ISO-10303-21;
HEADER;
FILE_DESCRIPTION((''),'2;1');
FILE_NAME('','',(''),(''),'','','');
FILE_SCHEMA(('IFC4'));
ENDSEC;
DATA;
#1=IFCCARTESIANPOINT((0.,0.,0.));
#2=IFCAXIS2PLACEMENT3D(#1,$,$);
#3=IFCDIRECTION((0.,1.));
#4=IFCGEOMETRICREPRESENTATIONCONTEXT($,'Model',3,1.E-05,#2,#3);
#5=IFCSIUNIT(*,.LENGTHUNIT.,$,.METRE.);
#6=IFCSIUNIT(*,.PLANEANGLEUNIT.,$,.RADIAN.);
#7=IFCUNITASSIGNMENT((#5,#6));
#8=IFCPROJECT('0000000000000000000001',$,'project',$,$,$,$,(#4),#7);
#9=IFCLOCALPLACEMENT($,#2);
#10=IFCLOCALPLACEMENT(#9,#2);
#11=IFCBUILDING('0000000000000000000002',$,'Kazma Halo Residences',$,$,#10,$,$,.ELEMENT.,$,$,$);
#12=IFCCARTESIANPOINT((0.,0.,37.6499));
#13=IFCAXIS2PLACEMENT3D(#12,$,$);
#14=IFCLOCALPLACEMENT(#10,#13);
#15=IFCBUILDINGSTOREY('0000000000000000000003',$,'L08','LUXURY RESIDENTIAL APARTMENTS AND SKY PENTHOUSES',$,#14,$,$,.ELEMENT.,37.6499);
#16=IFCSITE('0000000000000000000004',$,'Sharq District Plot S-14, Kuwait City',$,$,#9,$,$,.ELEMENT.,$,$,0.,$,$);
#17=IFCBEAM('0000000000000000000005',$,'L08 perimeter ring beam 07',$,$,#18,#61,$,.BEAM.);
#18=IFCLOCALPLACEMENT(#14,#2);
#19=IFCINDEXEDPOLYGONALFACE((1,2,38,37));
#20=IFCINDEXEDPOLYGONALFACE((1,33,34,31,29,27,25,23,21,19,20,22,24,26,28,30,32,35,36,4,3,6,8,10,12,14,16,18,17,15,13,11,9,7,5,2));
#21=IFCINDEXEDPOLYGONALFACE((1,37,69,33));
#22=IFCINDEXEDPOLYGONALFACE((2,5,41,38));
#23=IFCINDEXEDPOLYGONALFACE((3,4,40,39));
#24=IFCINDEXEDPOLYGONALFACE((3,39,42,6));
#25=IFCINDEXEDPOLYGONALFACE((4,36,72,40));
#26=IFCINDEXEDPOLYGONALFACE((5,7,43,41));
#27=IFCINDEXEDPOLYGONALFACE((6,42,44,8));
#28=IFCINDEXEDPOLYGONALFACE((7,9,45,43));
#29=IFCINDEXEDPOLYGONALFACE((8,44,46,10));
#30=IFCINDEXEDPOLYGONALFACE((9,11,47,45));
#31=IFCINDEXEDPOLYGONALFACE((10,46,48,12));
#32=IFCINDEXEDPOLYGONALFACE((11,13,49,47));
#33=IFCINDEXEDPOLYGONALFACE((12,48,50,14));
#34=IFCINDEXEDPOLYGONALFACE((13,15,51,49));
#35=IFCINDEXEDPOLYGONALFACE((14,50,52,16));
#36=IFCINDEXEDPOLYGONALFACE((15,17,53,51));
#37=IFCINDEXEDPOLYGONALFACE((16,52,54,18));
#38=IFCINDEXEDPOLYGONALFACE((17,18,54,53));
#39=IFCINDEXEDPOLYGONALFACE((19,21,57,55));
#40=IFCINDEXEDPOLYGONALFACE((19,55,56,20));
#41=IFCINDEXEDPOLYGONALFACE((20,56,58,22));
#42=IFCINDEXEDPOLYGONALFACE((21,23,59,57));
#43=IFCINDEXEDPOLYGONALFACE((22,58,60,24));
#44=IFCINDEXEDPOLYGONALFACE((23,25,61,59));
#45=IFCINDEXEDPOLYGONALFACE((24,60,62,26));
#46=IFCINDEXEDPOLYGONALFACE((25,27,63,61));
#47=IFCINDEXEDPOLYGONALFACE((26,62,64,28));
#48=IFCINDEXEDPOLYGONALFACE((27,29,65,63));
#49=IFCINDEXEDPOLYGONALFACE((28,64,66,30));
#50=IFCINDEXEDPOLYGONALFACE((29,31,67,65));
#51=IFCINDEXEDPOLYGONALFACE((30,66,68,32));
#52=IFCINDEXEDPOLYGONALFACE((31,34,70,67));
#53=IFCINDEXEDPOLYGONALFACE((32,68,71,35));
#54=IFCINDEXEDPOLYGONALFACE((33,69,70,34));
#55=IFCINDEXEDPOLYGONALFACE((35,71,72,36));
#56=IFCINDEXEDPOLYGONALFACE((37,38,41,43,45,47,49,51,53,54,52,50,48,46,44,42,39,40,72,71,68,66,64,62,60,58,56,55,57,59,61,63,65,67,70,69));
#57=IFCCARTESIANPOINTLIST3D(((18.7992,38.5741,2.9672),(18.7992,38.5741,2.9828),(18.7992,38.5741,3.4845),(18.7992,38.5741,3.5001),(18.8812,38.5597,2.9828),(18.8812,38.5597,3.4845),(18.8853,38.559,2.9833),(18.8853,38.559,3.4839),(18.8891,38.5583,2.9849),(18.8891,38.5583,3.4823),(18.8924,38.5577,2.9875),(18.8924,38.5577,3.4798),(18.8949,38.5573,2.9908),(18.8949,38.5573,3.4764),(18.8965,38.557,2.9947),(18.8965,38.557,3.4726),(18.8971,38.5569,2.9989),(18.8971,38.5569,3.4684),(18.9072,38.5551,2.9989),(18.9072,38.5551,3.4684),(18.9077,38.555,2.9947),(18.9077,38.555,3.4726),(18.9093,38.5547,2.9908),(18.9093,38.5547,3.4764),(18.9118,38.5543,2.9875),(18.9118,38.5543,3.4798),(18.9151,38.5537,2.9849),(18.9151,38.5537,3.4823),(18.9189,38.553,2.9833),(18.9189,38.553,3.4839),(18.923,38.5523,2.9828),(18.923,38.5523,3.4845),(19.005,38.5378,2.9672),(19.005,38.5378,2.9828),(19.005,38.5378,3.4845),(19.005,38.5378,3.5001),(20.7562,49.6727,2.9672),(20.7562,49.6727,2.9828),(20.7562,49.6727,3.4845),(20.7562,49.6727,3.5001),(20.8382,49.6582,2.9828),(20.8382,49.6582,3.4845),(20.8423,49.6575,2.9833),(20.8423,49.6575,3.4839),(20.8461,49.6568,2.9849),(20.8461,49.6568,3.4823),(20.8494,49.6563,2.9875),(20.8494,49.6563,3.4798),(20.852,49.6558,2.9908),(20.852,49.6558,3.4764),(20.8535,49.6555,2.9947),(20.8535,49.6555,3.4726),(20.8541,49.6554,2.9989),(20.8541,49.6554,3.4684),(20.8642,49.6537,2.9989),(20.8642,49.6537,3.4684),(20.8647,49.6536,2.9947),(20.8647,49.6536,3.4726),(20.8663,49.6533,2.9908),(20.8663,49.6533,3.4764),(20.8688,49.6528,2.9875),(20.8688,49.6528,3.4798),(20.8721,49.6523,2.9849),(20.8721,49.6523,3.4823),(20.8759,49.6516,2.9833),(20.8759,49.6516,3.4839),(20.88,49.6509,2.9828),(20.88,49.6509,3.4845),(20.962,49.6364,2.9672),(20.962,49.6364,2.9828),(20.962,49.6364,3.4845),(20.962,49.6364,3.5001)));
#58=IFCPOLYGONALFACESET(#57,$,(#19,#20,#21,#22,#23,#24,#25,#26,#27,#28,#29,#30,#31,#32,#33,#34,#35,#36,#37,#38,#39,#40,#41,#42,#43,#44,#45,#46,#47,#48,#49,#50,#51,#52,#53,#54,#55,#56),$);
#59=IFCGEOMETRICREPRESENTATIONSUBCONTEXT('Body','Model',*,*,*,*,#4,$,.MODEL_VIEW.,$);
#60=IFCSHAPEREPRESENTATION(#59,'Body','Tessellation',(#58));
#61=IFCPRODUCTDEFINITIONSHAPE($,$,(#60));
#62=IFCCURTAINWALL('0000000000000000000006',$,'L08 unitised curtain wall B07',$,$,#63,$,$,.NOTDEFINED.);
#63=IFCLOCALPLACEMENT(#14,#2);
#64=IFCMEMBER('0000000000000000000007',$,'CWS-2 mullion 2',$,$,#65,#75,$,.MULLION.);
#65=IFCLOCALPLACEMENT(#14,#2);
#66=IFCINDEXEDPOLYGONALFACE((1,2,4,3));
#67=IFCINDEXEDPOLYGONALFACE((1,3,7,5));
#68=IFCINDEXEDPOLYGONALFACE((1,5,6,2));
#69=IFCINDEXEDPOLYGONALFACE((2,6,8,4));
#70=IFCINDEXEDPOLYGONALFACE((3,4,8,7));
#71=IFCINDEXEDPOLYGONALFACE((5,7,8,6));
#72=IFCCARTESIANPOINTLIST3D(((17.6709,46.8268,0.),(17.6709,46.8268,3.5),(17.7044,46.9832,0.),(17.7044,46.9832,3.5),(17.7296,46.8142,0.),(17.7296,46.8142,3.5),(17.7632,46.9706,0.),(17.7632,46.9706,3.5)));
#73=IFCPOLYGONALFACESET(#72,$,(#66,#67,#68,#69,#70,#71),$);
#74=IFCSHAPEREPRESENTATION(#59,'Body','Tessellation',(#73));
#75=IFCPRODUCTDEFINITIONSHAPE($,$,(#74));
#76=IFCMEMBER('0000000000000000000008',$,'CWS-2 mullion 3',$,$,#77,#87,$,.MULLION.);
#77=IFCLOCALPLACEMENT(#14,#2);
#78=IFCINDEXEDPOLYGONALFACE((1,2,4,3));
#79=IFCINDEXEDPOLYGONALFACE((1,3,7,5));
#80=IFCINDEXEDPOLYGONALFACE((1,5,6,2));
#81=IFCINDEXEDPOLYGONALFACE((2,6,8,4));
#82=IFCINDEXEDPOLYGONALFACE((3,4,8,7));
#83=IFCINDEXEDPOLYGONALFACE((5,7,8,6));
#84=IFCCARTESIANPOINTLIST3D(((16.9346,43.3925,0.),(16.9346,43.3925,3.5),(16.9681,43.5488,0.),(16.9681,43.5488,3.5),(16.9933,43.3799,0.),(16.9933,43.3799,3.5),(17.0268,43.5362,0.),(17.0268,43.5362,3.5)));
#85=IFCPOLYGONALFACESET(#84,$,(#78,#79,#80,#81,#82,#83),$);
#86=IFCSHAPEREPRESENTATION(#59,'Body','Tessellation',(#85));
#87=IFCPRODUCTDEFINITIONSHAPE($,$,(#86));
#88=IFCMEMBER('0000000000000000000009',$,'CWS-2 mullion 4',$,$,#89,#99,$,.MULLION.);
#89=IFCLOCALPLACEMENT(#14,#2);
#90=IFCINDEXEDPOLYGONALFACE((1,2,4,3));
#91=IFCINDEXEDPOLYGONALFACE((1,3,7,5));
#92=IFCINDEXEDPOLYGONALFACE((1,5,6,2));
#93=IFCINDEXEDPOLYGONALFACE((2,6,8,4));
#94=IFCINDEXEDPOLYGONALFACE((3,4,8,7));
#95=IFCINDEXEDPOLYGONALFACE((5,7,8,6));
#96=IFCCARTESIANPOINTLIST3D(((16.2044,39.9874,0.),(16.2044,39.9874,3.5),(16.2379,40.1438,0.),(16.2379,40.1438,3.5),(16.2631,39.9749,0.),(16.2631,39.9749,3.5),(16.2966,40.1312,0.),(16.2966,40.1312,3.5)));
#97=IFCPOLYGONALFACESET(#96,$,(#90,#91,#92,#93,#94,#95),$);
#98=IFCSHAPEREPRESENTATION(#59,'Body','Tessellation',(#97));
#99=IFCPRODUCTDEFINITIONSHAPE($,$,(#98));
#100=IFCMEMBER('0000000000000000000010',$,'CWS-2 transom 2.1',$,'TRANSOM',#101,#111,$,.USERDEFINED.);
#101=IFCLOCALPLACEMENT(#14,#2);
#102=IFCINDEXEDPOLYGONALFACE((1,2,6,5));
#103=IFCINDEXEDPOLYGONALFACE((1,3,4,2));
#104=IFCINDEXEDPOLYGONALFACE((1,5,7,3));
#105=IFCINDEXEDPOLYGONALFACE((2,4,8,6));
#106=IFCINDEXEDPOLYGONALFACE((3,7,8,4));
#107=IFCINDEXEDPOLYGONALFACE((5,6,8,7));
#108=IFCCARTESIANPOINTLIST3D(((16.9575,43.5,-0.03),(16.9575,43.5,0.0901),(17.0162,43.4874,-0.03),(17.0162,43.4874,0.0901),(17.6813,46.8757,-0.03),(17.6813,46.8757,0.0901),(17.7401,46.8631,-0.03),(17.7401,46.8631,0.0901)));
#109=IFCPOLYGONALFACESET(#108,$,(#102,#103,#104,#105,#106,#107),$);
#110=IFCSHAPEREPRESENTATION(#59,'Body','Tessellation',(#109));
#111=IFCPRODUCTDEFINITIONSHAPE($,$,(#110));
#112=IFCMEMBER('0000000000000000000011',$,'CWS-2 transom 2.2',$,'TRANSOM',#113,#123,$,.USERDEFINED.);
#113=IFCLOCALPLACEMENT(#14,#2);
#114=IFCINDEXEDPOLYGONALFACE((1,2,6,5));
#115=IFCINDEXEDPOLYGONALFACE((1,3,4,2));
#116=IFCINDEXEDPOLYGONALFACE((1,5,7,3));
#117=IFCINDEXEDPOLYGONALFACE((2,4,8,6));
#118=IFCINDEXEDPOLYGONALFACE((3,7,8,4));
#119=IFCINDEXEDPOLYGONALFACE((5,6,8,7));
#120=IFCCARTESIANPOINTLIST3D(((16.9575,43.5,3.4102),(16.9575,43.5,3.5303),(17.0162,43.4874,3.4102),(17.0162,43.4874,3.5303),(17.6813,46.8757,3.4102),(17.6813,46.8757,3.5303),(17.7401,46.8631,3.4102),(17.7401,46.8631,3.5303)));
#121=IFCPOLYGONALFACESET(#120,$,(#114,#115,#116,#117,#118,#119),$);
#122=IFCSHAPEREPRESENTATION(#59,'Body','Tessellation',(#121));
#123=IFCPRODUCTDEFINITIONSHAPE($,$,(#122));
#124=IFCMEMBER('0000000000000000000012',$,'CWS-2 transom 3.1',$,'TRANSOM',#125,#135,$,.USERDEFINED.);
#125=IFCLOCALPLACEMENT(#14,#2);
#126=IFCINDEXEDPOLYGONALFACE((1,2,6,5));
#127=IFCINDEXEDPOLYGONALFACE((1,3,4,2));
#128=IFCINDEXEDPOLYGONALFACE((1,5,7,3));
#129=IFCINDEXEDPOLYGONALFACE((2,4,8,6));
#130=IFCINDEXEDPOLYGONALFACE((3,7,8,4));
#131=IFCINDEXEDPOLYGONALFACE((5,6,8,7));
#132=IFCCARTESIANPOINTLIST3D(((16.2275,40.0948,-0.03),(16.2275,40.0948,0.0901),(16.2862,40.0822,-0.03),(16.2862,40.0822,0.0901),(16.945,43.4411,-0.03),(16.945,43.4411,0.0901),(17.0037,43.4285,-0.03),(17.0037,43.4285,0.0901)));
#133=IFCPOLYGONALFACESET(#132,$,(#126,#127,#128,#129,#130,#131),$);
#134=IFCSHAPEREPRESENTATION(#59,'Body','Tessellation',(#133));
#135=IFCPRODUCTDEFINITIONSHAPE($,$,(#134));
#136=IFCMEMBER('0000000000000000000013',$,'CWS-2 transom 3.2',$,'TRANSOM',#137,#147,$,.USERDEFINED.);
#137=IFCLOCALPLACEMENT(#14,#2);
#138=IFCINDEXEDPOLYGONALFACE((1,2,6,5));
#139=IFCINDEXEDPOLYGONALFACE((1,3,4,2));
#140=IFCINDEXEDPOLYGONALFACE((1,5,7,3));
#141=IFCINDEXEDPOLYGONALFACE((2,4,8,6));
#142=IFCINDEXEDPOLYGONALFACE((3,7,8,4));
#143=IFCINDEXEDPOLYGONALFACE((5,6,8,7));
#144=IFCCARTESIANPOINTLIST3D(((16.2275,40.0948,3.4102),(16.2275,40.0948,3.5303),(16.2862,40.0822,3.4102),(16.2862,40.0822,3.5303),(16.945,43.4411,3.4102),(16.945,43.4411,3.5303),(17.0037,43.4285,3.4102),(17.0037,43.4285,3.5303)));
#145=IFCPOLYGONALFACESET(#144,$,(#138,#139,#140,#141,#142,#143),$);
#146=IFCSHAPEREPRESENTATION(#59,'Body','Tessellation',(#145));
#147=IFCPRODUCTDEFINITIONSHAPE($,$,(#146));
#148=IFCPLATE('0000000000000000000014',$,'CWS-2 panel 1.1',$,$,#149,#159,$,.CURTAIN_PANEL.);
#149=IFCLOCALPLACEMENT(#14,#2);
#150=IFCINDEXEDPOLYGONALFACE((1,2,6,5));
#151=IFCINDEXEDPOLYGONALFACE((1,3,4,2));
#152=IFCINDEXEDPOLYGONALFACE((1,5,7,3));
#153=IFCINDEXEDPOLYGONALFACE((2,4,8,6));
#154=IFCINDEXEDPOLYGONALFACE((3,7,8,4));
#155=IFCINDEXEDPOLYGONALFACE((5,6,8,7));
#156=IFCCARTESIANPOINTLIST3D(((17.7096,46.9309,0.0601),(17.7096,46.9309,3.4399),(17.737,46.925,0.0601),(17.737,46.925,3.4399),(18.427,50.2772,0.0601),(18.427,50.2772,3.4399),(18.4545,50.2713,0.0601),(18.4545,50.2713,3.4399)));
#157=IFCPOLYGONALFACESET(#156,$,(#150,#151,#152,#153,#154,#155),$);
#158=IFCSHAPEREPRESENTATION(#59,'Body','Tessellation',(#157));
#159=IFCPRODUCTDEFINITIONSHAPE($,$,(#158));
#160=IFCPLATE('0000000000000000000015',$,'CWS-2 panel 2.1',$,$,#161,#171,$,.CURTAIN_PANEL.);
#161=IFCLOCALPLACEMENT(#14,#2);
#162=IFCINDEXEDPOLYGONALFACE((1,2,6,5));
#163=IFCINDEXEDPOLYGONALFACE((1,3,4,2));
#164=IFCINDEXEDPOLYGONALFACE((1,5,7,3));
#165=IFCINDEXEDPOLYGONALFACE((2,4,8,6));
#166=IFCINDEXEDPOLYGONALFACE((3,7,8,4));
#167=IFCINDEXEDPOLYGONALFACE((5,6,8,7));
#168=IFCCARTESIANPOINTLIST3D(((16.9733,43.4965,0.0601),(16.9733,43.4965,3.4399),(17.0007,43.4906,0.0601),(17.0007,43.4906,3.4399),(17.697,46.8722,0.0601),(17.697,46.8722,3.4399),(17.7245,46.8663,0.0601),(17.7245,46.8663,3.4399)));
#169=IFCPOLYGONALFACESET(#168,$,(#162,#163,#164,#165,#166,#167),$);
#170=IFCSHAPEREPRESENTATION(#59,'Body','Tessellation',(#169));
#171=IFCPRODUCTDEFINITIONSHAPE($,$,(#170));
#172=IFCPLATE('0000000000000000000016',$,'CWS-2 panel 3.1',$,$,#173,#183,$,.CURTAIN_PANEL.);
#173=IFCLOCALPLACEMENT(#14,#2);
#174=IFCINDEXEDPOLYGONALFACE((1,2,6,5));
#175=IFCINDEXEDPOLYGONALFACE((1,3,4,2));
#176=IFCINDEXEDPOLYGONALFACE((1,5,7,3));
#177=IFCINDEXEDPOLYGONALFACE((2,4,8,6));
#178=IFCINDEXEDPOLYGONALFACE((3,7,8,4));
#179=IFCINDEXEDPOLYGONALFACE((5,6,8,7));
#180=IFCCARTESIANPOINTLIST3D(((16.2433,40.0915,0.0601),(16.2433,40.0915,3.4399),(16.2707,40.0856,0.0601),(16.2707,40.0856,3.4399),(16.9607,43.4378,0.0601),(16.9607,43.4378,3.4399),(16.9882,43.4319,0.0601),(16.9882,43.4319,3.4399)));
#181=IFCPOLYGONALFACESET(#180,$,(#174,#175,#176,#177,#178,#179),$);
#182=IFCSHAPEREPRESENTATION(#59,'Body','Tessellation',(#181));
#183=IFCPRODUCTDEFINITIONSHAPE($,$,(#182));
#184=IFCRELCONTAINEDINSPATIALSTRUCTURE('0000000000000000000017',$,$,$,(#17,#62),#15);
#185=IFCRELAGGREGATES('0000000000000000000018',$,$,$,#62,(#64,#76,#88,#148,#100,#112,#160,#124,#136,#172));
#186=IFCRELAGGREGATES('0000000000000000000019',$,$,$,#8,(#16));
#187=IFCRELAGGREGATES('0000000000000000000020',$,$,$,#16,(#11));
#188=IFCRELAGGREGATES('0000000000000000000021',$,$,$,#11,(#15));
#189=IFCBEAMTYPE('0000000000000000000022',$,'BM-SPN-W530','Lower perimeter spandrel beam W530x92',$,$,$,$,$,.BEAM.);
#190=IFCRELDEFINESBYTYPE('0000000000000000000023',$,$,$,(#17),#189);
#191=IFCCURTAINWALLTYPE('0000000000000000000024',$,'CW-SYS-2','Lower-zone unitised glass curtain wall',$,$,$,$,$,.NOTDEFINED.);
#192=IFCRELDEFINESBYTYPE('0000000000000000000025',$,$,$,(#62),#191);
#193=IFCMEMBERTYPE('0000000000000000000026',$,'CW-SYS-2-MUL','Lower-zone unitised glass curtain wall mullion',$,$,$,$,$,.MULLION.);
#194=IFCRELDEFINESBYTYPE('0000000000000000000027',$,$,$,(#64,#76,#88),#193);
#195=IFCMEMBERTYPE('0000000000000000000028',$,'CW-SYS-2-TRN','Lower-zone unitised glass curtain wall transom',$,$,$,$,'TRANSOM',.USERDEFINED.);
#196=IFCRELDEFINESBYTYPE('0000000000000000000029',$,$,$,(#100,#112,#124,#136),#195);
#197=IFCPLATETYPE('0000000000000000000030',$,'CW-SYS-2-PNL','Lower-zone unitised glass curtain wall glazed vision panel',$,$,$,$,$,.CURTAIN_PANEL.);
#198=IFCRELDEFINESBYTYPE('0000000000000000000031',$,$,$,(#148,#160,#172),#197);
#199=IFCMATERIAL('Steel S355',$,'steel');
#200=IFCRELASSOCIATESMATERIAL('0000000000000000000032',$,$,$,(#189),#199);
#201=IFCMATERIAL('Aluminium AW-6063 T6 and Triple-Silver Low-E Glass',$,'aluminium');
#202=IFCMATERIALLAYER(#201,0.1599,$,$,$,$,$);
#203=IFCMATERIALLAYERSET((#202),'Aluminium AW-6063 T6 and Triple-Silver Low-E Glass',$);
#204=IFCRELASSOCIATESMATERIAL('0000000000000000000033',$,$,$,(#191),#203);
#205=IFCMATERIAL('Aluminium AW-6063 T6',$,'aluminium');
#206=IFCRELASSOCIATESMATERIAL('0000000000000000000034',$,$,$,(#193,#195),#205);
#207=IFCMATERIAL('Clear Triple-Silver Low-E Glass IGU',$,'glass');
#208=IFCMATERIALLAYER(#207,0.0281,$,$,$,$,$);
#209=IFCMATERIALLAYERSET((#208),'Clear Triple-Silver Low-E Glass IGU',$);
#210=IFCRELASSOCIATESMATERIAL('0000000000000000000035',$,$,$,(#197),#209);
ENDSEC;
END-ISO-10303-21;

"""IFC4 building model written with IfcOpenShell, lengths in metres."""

from ifc_helpers import new_model, si_unit, direction, frame, origin, origin_2d, place, context, subcontext, project, spatial, rectangle, i_section, extrude, material, layer, layer_set, material_profile, profile_set, type_object, element, aggregate, save


model = new_model("IFC4")

# Units and contexts
model_context = context("Model", 3, precision=1e-05, world=origin(), true_north=direction((0.0, 1.0)))
body_context = subcontext(model_context, "Body", "Model", "MODEL_VIEW")
ifc_project = project(units=[si_unit("LENGTHUNIT", "METRE"), si_unit("PLANEANGLEUNIT", "RADIAN")], contexts=[model_context])

# Site, building, storey
site_placement = place(None, origin())
site = spatial("IfcSite", under=ifc_project, at=site_placement, Name="Sharq District Plot S-14, Kuwait City", CompositionType="ELEMENT", RefElevation=0.0)
building_placement = place(site_placement, origin())
building = spatial("IfcBuilding", under=site, at=building_placement, Name="Kazma Halo Residences", CompositionType="ELEMENT")
storey_placement = place(building_placement, frame((0.0, 0.0, 37.6499)))
storey = spatial("IfcBuildingStorey", under=building, at=storey_placement, Name="L08", Description="LUXURY RESIDENTIAL APARTMENTS AND SKY PENTHOUSES", CompositionType="ELEMENT", Elevation=37.6499)

# Beam
ifc_material_1 = material(Name="Steel S355", Category="steel")
ifc_material_profile_1 = material_profile(ifc_material_1, i_section(OverallWidth=0.209, OverallDepth=0.533, WebThickness=0.0103, FlangeThickness=0.0156, FilletRadius=0.0161, at=origin_2d()), Name="W530x92")
ifc_profile_set_1 = profile_set([ifc_material_profile_1], Name="Steel S355")
beam_type_1 = type_object("IfcBeamType", Name="BM-SPN-W530", Description="Lower perimeter spandrel beam W530x92", PredefinedType="BEAM", material=ifc_profile_set_1)
beam_1_placement = place(storey_placement, frame((20.8591, 49.6545, 3.2336), z_axis=(-0.173652, -0.984807, 0.0), x_axis=(0.984807, -0.173652, 0.0)))
element("IfcBeam", 1, at=beam_1_placement, inside=storey, type_object=beam_type_1, Name="L08 perimeter ring beam 07", PredefinedType="BEAM", context=body_context, shape_type="SweptSolid", body=[
    extrude(i_section(OverallWidth=0.209, OverallDepth=0.533, WebThickness=0.0103, FlangeThickness=0.0156, FilletRadius=0.0161, at=origin_2d()), origin(), (0.0, 0.0, 1.0), 11.2698),
])

# Curtain wall, members, plates
ifc_material_2 = material(Name="Aluminium AW-6063 T6 and Triple-Silver Low-E Glass", Category="aluminium")
ifc_layer_1 = layer(ifc_material_2, 0.1599)
ifc_layer_set_1 = layer_set([ifc_layer_1], Name="Aluminium AW-6063 T6 and Triple-Silver Low-E Glass")
curtain_wall_type = type_object("IfcCurtainWallType", Name="CW-SYS-2", Description="Lower-zone unitised glass curtain wall", PredefinedType="NOTDEFINED", material=ifc_layer_set_1)
curtain_wall_placement = place(storey_placement, origin())
curtain_wall = element("IfcCurtainWall", 2, at=curtain_wall_placement, inside=storey, type_object=curtain_wall_type, Name="L08 unitised curtain wall B07", PredefinedType="NOTDEFINED")
ifc_material_3 = material(Name="Aluminium AW-6063 T6", Category="aluminium")
ifc_material_profile_2 = material_profile(ifc_material_3, rectangle(XDim=0.0601, YDim=0.1599, at=origin_2d()), Name="CWM-60x160")
ifc_profile_set_2 = profile_set([ifc_material_profile_2], Name="Aluminium AW-6063 T6")
member_type_1 = type_object("IfcMemberType", Name="CW-SYS-2-MUL", Description="Lower-zone unitised glass curtain wall mullion", PredefinedType="MULLION", material=ifc_profile_set_2)
member_1_placement = place(storey_placement, frame((17.717, 46.8987, 0.0), z_axis=(0.0, 0.0, 1.0), x_axis=(0.977779, -0.209637, 0.0)))
member_1 = element("IfcMember", 3, at=member_1_placement, type_object=member_type_1, Name="CWS-2 mullion 2", PredefinedType="MULLION", context=body_context, shape_type="SweptSolid", body=[
    extrude(rectangle(XDim=0.0601, YDim=0.1599, at=origin_2d()), origin(), (0.0, 0.0, 1.0), 3.5),
])
member_2_placement = place(storey_placement, frame((16.9807, 43.4644, 0.0), z_axis=(0.0, 0.0, 1.0), x_axis=(0.977779, -0.209637, 0.0)))
member_2 = element("IfcMember", 4, at=member_2_placement, type_object=member_type_1, Name="CWS-2 mullion 3", PredefinedType="MULLION", context=body_context, shape_type="SweptSolid", body=[
    extrude(rectangle(XDim=0.0601, YDim=0.1599, at=origin_2d()), origin(), (0.0, 0.0, 1.0), 3.5),
])
member_3_placement = place(storey_placement, frame((16.2505, 40.0593, 0.0), z_axis=(0.0, 0.0, 1.0), x_axis=(0.977779, -0.209637, 0.0)))
member_3 = element("IfcMember", 5, at=member_3_placement, type_object=member_type_1, Name="CWS-2 mullion 4", PredefinedType="MULLION", context=body_context, shape_type="SweptSolid", body=[
    extrude(rectangle(XDim=0.0601, YDim=0.1599, at=origin_2d()), origin(), (0.0, 0.0, 1.0), 3.5),
])
ifc_material_profile_3 = material_profile(ifc_material_3, rectangle(XDim=0.0601, YDim=0.1201, at=origin_2d()), Name="CWT-60x120")
ifc_profile_set_3 = profile_set([ifc_material_profile_3], Name="Aluminium AW-6063 T6")
member_type_2 = type_object("IfcMemberType", Name="CW-SYS-2-TRN", Description="Lower-zone unitised glass curtain wall transom", ElementType="TRANSOM", PredefinedType="USERDEFINED", material=ifc_profile_set_3)
member_4_placement = place(storey_placement, frame((17.7107, 46.8694, 0.03), z_axis=(-0.209669, -0.977772, 0.0), x_axis=(0.977772, -0.209669, 0.0)))
member_4 = element("IfcMember", 6, at=member_4_placement, type_object=member_type_2, Name="CWS-2 transom 2.1", ObjectType="TRANSOM", PredefinedType="USERDEFINED", context=body_context, shape_type="SweptSolid", body=[
    extrude(rectangle(XDim=0.0601, YDim=0.1201, at=origin_2d()), origin(), (0.0, 0.0, 1.0), 3.4524),
])
member_5_placement = place(storey_placement, frame((17.7107, 46.8694, 3.4702), z_axis=(-0.209669, -0.977772, 0.0), x_axis=(0.977772, -0.209669, 0.0)))
member_5 = element("IfcMember", 7, at=member_5_placement, type_object=member_type_2, Name="CWS-2 transom 2.2", ObjectType="TRANSOM", PredefinedType="USERDEFINED", context=body_context, shape_type="SweptSolid", body=[
    extrude(rectangle(XDim=0.0601, YDim=0.1201, at=origin_2d()), origin(), (0.0, 0.0, 1.0), 3.4524),
])
member_6_placement = place(storey_placement, frame((16.9744, 43.4348, 0.03), z_axis=(-0.209666, -0.977773, 0.0), x_axis=(0.977773, -0.209666, 0.0)))
member_6 = element("IfcMember", 8, at=member_6_placement, type_object=member_type_2, Name="CWS-2 transom 3.1", ObjectType="TRANSOM", PredefinedType="USERDEFINED", context=body_context, shape_type="SweptSolid", body=[
    extrude(rectangle(XDim=0.0601, YDim=0.1201, at=origin_2d()), origin(), (0.0, 0.0, 1.0), 3.4224),
])
member_7_placement = place(storey_placement, frame((16.9744, 43.4348, 3.4702), z_axis=(-0.209666, -0.977773, 0.0), x_axis=(0.977773, -0.209666, 0.0)))
member_7 = element("IfcMember", 9, at=member_7_placement, type_object=member_type_2, Name="CWS-2 transom 3.2", ObjectType="TRANSOM", PredefinedType="USERDEFINED", context=body_context, shape_type="SweptSolid", body=[
    extrude(rectangle(XDim=0.0601, YDim=0.1201, at=origin_2d()), origin(), (0.0, 0.0, 1.0), 3.4224),
])
ifc_material_4 = material(Name="Clear Triple-Silver Low-E Glass IGU", Category="glass")
ifc_layer_2 = layer(ifc_material_4, 0.0281)
ifc_layer_set_2 = layer_set([ifc_layer_2], Name="Clear Triple-Silver Low-E Glass IGU")
plate_type = type_object("IfcPlateType", Name="CW-SYS-2-PNL", Description="Lower-zone unitised glass curtain wall glazed vision panel", PredefinedType="CURTAIN_PANEL", material=ifc_layer_set_2)
plate_1_placement = place(storey_placement, frame((18.082, 48.6011, 0.0601), z_axis=(0.0, 0.0, 1.0), x_axis=(-0.209637, -0.977779, 0.0)))
plate_1 = element("IfcPlate", 10, at=plate_1_placement, type_object=plate_type, Name="CWS-2 panel 1.1", PredefinedType="CURTAIN_PANEL", context=body_context, shape_type="SweptSolid", body=[
    extrude(rectangle(XDim=3.4224, YDim=0.0281, at=origin_2d()), origin(), (0.0, 0.0, 1.0), 3.3799),
])
plate_2_placement = place(storey_placement, frame((17.3489, 45.1814, 0.0601), z_axis=(0.0, 0.0, 1.0), x_axis=(-0.209637, -0.977779, 0.0)))
plate_2 = element("IfcPlate", 11, at=plate_2_placement, type_object=plate_type, Name="CWS-2 panel 2.1", PredefinedType="CURTAIN_PANEL", context=body_context, shape_type="SweptSolid", body=[
    extrude(rectangle(XDim=3.4524, YDim=0.0281, at=origin_2d()), origin(), (0.0, 0.0, 1.0), 3.3799),
])
plate_3_placement = place(storey_placement, frame((16.6157, 41.7617, 0.0601), z_axis=(0.0, 0.0, 1.0), x_axis=(-0.209637, -0.977779, 0.0)))
plate_3 = element("IfcPlate", 12, at=plate_3_placement, type_object=plate_type, Name="CWS-2 panel 3.1", PredefinedType="CURTAIN_PANEL", context=body_context, shape_type="SweptSolid", body=[
    extrude(rectangle(XDim=3.4224, YDim=0.0281, at=origin_2d()), origin(), (0.0, 0.0, 1.0), 3.3799),
])
aggregate(curtain_wall, [member_1, member_2, member_3, plate_1, member_4, member_5, plate_2, member_6, member_7, plate_3])

save(model, "model.ifc")
